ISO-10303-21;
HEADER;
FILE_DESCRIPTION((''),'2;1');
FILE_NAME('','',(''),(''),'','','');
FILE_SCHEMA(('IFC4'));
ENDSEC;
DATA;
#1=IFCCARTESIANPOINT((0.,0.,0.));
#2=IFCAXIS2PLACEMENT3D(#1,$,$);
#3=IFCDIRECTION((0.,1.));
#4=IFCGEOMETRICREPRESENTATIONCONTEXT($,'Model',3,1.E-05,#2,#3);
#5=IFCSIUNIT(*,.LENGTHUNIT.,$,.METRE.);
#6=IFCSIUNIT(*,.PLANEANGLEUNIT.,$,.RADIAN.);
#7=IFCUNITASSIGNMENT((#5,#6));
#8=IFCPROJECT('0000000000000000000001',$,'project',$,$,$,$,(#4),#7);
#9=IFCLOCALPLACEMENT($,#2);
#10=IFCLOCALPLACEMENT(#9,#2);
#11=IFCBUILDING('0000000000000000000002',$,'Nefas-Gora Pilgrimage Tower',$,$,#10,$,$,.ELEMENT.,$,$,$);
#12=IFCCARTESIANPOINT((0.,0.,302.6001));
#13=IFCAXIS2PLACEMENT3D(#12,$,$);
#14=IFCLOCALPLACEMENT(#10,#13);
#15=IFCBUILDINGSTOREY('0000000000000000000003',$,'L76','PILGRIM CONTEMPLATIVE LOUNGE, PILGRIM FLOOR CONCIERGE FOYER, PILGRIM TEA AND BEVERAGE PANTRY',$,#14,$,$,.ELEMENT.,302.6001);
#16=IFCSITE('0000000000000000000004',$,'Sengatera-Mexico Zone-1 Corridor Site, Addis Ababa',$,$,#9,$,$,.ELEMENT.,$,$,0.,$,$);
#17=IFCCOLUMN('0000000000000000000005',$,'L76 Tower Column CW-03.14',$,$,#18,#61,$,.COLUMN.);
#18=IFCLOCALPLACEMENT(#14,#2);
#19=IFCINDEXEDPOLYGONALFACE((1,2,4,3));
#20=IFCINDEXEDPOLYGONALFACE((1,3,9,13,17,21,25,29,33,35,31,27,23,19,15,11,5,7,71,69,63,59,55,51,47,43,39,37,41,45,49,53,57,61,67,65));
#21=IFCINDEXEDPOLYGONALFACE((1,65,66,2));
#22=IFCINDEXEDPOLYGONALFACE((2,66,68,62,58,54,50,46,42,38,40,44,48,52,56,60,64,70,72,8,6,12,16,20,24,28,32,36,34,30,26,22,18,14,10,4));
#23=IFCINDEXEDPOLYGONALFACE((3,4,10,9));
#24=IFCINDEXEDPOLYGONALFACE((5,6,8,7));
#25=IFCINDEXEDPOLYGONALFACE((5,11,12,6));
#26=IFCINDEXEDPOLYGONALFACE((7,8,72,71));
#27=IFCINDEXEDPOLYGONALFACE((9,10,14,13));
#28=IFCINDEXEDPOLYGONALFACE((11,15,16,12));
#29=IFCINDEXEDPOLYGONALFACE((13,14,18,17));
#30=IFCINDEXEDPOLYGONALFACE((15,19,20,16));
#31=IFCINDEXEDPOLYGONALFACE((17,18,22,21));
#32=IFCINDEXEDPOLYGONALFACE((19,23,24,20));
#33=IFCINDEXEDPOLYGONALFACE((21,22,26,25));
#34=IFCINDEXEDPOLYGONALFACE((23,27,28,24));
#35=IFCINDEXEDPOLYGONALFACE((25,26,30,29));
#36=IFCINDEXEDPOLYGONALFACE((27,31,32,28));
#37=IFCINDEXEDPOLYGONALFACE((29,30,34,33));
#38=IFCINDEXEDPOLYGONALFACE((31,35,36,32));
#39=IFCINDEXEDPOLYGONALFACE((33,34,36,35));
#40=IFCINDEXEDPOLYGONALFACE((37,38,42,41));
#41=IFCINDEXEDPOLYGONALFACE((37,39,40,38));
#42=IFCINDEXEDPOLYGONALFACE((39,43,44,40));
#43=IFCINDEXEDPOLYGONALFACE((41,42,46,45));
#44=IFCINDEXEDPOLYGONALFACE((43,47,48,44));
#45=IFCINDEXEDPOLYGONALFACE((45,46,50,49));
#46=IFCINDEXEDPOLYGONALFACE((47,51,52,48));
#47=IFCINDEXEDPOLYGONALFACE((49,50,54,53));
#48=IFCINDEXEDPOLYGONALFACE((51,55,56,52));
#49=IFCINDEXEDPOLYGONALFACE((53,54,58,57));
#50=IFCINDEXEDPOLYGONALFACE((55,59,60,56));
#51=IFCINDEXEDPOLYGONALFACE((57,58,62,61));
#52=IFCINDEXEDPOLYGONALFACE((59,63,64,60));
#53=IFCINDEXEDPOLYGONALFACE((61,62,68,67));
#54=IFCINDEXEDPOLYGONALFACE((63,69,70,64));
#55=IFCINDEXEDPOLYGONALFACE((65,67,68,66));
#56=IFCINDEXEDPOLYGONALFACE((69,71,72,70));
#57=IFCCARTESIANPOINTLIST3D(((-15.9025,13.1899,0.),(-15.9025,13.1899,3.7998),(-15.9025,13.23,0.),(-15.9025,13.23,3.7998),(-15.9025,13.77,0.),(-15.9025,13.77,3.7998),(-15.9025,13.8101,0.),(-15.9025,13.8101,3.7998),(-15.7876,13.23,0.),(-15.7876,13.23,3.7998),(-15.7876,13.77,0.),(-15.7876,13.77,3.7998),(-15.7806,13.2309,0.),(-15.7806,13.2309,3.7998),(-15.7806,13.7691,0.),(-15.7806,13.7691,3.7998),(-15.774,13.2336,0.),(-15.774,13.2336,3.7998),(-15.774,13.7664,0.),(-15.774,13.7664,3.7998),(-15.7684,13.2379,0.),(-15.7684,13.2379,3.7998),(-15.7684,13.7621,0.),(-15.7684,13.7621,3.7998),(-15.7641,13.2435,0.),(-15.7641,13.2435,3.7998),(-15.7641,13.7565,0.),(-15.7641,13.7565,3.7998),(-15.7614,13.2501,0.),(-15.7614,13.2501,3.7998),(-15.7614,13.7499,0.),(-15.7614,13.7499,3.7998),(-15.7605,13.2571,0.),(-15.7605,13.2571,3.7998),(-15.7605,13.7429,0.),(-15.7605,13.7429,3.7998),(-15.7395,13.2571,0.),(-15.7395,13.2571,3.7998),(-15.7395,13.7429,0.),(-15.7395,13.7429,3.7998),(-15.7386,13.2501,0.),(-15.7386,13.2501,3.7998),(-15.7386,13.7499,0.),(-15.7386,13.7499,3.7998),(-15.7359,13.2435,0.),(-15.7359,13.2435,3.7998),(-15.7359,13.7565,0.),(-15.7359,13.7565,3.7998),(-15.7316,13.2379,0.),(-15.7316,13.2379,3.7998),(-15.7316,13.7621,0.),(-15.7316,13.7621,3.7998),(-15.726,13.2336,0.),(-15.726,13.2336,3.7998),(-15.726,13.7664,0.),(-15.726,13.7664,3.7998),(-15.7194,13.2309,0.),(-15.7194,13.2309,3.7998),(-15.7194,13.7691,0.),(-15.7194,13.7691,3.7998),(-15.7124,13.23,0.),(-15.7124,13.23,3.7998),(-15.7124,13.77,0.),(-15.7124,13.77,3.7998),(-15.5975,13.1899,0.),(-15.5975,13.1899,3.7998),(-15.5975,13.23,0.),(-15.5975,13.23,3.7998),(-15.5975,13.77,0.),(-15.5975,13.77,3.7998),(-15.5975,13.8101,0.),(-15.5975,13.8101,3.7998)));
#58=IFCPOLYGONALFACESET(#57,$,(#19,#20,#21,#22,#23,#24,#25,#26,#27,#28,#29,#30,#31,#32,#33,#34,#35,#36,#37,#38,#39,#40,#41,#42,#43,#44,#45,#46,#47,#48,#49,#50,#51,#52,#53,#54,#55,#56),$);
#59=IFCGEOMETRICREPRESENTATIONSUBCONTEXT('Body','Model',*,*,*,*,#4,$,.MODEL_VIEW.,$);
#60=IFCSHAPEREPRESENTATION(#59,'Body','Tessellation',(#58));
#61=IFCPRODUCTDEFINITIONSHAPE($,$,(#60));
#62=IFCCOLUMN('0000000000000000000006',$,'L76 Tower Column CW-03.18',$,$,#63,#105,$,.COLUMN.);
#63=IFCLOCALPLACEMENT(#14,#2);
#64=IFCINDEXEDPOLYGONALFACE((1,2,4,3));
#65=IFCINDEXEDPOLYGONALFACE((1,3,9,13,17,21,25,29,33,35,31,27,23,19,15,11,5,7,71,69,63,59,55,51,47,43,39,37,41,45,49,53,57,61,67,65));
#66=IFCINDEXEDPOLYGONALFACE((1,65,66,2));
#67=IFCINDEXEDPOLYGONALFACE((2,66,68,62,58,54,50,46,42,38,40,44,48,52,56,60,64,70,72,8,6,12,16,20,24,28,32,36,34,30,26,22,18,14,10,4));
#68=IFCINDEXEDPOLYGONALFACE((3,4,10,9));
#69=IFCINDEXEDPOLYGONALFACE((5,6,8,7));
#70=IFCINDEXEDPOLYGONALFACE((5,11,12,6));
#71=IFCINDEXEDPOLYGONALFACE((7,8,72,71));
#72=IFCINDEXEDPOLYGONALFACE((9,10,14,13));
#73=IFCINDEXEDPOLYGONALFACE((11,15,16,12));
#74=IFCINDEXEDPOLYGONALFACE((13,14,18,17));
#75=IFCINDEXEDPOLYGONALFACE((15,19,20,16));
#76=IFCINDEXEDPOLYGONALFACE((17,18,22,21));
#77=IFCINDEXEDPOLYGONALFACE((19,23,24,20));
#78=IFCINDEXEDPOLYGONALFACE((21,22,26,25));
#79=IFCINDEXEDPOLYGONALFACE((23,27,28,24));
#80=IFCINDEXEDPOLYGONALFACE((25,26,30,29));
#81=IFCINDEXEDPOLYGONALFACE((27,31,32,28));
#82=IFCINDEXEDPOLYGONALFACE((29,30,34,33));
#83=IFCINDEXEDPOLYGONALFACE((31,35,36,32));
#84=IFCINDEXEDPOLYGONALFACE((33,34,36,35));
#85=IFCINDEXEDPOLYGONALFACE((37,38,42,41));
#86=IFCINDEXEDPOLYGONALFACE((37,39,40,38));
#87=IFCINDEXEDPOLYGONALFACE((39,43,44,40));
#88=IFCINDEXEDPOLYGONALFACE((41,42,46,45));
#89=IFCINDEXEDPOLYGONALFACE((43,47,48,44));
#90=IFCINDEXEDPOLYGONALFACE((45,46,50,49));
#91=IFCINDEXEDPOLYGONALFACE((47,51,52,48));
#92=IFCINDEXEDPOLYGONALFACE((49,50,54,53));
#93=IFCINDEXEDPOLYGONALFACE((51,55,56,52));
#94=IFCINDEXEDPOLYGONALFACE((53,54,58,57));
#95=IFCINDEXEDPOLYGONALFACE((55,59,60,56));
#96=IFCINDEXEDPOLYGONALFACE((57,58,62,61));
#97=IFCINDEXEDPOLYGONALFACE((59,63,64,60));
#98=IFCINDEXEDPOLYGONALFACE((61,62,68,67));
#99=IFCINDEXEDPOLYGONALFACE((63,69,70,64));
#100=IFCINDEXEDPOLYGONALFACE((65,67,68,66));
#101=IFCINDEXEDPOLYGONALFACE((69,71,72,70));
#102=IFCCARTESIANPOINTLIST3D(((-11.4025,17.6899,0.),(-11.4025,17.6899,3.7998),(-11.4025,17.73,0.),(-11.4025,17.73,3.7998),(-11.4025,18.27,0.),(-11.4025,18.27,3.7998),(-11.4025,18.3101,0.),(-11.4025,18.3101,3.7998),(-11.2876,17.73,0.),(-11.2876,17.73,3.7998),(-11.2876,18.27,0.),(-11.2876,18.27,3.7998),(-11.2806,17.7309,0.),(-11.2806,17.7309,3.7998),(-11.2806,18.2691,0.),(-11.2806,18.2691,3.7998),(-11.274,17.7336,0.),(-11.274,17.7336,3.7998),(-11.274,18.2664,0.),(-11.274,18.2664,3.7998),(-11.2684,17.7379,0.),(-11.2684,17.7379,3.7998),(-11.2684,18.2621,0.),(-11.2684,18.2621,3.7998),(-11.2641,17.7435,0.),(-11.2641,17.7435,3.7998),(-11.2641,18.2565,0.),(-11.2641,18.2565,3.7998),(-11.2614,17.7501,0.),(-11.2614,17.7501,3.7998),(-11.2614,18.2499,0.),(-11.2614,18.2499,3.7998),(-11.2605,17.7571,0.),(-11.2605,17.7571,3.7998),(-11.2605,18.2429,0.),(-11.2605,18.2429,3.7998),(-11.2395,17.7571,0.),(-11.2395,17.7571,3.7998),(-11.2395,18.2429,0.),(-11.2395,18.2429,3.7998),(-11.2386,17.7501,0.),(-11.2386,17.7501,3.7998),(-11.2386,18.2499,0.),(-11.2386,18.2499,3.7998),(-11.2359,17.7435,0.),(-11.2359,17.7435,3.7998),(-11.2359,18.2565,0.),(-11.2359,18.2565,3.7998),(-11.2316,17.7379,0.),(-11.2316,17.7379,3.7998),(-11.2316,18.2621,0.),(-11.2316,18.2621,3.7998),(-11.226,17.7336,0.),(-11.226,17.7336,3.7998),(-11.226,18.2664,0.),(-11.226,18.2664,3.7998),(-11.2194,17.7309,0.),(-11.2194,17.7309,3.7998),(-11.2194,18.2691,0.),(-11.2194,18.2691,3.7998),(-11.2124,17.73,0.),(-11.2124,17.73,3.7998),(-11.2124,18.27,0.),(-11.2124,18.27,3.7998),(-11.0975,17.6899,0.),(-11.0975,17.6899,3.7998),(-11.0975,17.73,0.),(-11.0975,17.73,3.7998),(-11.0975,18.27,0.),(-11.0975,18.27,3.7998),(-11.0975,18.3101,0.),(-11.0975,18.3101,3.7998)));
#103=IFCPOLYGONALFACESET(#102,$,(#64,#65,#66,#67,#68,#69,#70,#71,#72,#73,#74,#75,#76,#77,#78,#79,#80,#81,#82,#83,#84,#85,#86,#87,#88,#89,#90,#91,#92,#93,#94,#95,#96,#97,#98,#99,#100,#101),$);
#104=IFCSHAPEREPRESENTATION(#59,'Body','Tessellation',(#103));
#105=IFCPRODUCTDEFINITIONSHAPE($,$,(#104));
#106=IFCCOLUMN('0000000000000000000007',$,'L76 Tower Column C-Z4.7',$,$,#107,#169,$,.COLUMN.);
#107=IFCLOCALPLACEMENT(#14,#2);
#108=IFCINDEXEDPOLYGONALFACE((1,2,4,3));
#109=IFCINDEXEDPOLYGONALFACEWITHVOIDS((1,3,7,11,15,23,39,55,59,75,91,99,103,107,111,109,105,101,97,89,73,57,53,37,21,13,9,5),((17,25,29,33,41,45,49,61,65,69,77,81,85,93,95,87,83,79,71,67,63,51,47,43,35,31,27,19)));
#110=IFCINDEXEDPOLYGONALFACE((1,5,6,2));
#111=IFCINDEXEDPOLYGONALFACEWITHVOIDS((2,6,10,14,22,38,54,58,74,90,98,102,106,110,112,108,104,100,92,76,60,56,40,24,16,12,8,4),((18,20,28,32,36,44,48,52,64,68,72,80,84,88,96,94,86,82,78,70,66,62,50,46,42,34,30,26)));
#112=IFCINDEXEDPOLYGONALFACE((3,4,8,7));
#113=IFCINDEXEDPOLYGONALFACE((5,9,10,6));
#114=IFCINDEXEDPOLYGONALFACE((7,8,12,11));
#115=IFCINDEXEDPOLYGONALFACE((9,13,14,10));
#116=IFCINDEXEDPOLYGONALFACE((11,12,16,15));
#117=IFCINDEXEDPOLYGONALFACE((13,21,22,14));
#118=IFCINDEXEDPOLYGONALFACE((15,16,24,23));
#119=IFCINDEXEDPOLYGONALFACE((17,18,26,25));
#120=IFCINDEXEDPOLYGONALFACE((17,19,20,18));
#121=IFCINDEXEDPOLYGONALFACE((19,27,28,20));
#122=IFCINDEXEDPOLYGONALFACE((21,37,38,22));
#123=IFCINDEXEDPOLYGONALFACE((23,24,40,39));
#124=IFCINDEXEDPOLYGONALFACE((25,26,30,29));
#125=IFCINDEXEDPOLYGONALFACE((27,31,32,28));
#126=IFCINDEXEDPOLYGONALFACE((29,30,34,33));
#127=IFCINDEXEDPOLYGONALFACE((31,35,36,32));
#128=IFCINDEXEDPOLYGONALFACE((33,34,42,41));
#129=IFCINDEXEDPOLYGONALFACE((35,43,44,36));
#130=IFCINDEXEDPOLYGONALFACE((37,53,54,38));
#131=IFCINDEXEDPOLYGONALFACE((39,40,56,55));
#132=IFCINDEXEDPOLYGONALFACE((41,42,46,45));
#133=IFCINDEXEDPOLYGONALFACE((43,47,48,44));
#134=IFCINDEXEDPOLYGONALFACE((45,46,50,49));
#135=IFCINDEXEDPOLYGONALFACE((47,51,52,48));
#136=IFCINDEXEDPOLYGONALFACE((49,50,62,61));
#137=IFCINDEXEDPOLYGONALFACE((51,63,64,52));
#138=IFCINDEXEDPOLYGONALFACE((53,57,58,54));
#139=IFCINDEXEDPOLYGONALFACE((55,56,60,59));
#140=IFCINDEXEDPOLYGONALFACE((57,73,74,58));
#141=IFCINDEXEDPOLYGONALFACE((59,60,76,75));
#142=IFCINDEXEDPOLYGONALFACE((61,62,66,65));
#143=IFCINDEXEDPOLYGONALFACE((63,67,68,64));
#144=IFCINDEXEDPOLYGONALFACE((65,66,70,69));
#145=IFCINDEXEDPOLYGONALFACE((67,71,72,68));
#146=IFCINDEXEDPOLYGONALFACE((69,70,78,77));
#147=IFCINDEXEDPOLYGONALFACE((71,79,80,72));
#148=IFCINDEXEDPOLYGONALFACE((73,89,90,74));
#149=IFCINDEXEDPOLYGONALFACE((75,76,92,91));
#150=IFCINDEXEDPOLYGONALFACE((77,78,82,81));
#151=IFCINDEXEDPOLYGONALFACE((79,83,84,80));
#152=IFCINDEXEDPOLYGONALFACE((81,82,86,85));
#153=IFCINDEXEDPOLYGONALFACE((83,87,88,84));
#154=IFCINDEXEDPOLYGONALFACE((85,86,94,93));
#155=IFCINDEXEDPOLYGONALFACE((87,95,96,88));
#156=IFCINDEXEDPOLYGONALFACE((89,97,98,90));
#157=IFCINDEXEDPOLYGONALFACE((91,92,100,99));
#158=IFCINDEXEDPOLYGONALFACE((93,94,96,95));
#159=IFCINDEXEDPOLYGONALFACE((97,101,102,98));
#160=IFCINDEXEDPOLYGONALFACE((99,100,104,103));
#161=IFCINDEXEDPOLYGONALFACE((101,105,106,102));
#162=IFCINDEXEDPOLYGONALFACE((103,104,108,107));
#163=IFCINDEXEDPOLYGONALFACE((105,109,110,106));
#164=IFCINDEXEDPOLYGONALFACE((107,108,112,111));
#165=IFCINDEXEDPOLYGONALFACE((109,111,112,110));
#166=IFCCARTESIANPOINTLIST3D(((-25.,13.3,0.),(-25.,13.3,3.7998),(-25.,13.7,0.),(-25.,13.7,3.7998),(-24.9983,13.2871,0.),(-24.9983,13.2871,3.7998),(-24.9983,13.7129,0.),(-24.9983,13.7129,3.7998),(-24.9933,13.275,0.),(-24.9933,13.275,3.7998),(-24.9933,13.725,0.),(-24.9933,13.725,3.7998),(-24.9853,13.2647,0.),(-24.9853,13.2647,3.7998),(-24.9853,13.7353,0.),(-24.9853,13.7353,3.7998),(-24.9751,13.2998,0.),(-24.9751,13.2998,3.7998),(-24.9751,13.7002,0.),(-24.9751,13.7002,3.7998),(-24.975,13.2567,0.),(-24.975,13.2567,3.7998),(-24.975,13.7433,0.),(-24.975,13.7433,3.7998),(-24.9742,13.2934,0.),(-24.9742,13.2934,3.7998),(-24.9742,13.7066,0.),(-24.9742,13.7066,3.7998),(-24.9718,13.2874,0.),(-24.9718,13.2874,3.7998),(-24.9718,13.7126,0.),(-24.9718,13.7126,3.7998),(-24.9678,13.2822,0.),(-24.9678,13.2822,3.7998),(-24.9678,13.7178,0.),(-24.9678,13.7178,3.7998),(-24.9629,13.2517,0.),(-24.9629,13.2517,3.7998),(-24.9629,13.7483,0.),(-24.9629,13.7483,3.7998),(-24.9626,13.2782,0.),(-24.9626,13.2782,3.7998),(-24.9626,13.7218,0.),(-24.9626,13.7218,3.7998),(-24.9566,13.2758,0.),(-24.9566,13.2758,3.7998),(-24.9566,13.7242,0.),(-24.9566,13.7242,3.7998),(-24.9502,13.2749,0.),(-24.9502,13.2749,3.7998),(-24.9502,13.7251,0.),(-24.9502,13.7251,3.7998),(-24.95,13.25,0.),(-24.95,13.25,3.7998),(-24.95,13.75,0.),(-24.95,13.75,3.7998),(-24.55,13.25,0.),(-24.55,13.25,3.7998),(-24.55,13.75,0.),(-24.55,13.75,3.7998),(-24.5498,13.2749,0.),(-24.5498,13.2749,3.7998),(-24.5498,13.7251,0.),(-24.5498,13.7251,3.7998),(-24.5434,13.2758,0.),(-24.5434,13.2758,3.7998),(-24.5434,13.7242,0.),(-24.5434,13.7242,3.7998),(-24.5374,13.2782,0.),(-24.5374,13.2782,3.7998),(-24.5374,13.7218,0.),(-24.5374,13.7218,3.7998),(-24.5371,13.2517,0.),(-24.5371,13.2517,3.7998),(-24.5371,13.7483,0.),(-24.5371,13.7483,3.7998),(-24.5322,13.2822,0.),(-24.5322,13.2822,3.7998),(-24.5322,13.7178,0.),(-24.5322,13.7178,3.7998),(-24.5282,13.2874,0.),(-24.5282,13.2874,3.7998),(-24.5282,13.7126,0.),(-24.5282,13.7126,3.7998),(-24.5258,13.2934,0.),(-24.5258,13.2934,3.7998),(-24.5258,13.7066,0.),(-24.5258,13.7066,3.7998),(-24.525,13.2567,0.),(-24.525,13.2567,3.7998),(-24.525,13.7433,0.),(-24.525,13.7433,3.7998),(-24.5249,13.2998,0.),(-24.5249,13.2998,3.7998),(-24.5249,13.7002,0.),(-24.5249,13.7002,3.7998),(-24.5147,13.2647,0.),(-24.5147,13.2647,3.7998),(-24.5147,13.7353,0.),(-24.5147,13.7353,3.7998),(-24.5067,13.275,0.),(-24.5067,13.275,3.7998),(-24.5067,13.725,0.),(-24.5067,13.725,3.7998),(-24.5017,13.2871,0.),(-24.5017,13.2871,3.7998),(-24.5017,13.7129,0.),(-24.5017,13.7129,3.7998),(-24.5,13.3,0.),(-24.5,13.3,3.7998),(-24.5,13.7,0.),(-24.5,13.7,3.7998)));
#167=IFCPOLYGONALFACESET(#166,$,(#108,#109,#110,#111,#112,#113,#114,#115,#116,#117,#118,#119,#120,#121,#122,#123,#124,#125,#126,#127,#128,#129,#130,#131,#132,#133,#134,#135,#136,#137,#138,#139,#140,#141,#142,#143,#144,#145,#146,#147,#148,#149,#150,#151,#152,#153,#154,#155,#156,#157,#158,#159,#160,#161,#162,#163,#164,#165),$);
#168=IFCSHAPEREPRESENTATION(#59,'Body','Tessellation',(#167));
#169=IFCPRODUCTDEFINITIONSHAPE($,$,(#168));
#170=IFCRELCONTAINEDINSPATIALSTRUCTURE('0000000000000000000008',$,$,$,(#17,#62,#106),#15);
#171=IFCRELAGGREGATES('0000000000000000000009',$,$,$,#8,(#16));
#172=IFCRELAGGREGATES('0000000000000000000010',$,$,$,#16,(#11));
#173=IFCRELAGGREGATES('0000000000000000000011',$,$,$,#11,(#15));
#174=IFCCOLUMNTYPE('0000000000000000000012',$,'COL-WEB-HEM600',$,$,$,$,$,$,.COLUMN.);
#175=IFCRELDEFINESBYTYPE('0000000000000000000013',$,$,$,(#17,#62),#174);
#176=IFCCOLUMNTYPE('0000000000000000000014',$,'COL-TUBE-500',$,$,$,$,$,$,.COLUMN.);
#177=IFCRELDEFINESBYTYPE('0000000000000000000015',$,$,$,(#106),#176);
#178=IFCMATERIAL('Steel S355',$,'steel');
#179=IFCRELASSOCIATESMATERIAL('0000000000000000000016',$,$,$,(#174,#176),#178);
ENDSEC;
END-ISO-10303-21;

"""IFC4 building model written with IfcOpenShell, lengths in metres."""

from ifc_helpers import new_model, si_unit, direction, frame, origin, origin_2d, place, context, subcontext, project, spatial, hollow_rectangle, i_section, extrude, source, transform, mapped, material, material_profile, profile_set, type_object, element, save


model = new_model("IFC4")

# Units and contexts
model_context = context("Model", 3, precision=1e-05, world=origin(), true_north=direction((0.0, 1.0)))
body_context = subcontext(model_context, "Body", "Model", "MODEL_VIEW")
ifc_project = project(units=[si_unit("LENGTHUNIT", "METRE"), si_unit("PLANEANGLEUNIT", "RADIAN")], contexts=[model_context])

# Site, building, storey
site_placement = place(None, origin())
site = spatial("IfcSite", under=ifc_project, at=site_placement, Name="Sengatera-Mexico Zone-1 Corridor Site, Addis Ababa", CompositionType="ELEMENT", RefElevation=0.0)
building_placement = place(site_placement, origin())
building = spatial("IfcBuilding", under=site, at=building_placement, Name="Nefas-Gora Pilgrimage Tower", CompositionType="ELEMENT")
storey_placement = place(building_placement, frame((0.0, 0.0, 302.6001)))
storey = spatial("IfcBuildingStorey", under=building, at=storey_placement, Name="L76", Description="PILGRIM CONTEMPLATIVE LOUNGE, PILGRIM FLOOR CONCIERGE FOYER, PILGRIM TEA AND BEVERAGE PANTRY", CompositionType="ELEMENT", Elevation=302.6001)

# Columns
ifc_material_1 = material(Name="Steel S355", Category="steel")
ifc_material_profile_1 = material_profile(ifc_material_1, i_section(OverallWidth=0.3049, OverallDepth=0.6201, WebThickness=0.021, FlangeThickness=0.04, FilletRadius=0.0271, at=origin_2d()), Name="HEM 600")
ifc_profile_set_1 = profile_set([ifc_material_profile_1], Name="Steel S355")
column_type_1 = type_object("IfcColumnType", Name="COL-WEB-HEM600", PredefinedType="COLUMN", material=ifc_profile_set_1)
shared_shape_1 = source(origin(), body_context, "Body", "SweptSolid", [
    extrude(i_section(OverallWidth=0.3049, OverallDepth=0.6201, WebThickness=0.021, FlangeThickness=0.04, FilletRadius=0.0271, at=origin_2d()), origin(), (0.0, 0.0, 1.0), 3.7998),
])
for number, where, z_axis, x_axis, name in (
    (1, (-15.75, 13.5, 0.0), (0.0, 0.0, 1.0), (1.0, 0.0, 0.0), "L76 Tower Column CW-03.14"),
    (2, (-11.25, 18.0, 0.0), (0.0, 0.0, 1.0), (1.0, 0.0, 0.0), "L76 Tower Column CW-03.18"),
):
    element("IfcColumn", number, at=place(storey_placement, frame(where, z_axis=z_axis, x_axis=x_axis)), inside=storey, type_object=column_type_1, Name=name, PredefinedType="COLUMN", context=body_context, shape_type="MappedRepresentation", body=[
        mapped(shared_shape_1, transform((0.0, 0.0, 0.0), x_axis=(1.0, 0.0, 0.0), y_axis=(0.0, 1.0, 0.0), z_axis=(0.0, 0.0, 1.0), scale=1.0)),
    ])
ifc_material_profile_2 = material_profile(ifc_material_1, hollow_rectangle(XDim=0.5, YDim=0.5, WallThickness=0.0249, InnerFilletRadius=0.0249, OuterFilletRadius=0.05, at=origin_2d()), Name="SHS 500x500x25")
ifc_profile_set_2 = profile_set([ifc_material_profile_2], Name="Steel S355")
column_type_2 = type_object("IfcColumnType", Name="COL-TUBE-500", PredefinedType="COLUMN", material=ifc_profile_set_2)
shared_shape_2 = source(origin(), body_context, "Body", "SweptSolid", [
    extrude(hollow_rectangle(XDim=0.5, YDim=0.5, WallThickness=0.0249, InnerFilletRadius=0.0249, OuterFilletRadius=0.05, at=origin_2d()), origin(), (0.0, 0.0, 1.0), 3.7998),
])
column_placement = place(storey_placement, frame((-24.75, 13.5, 0.0), z_axis=(0.0, 0.0, 1.0), x_axis=(1.0, 0.0, 0.0)))
element("IfcColumn", 3, at=column_placement, inside=storey, type_object=column_type_2, Name="L76 Tower Column C-Z4.7", PredefinedType="COLUMN", context=body_context, shape_type="MappedRepresentation", body=[
    mapped(shared_shape_2, transform((0.0, 0.0, 0.0), x_axis=(1.0, 0.0, 0.0), y_axis=(0.0, 1.0, 0.0), z_axis=(0.0, 0.0, 1.0), scale=1.0)),
])

save(model, "model.ifc")
